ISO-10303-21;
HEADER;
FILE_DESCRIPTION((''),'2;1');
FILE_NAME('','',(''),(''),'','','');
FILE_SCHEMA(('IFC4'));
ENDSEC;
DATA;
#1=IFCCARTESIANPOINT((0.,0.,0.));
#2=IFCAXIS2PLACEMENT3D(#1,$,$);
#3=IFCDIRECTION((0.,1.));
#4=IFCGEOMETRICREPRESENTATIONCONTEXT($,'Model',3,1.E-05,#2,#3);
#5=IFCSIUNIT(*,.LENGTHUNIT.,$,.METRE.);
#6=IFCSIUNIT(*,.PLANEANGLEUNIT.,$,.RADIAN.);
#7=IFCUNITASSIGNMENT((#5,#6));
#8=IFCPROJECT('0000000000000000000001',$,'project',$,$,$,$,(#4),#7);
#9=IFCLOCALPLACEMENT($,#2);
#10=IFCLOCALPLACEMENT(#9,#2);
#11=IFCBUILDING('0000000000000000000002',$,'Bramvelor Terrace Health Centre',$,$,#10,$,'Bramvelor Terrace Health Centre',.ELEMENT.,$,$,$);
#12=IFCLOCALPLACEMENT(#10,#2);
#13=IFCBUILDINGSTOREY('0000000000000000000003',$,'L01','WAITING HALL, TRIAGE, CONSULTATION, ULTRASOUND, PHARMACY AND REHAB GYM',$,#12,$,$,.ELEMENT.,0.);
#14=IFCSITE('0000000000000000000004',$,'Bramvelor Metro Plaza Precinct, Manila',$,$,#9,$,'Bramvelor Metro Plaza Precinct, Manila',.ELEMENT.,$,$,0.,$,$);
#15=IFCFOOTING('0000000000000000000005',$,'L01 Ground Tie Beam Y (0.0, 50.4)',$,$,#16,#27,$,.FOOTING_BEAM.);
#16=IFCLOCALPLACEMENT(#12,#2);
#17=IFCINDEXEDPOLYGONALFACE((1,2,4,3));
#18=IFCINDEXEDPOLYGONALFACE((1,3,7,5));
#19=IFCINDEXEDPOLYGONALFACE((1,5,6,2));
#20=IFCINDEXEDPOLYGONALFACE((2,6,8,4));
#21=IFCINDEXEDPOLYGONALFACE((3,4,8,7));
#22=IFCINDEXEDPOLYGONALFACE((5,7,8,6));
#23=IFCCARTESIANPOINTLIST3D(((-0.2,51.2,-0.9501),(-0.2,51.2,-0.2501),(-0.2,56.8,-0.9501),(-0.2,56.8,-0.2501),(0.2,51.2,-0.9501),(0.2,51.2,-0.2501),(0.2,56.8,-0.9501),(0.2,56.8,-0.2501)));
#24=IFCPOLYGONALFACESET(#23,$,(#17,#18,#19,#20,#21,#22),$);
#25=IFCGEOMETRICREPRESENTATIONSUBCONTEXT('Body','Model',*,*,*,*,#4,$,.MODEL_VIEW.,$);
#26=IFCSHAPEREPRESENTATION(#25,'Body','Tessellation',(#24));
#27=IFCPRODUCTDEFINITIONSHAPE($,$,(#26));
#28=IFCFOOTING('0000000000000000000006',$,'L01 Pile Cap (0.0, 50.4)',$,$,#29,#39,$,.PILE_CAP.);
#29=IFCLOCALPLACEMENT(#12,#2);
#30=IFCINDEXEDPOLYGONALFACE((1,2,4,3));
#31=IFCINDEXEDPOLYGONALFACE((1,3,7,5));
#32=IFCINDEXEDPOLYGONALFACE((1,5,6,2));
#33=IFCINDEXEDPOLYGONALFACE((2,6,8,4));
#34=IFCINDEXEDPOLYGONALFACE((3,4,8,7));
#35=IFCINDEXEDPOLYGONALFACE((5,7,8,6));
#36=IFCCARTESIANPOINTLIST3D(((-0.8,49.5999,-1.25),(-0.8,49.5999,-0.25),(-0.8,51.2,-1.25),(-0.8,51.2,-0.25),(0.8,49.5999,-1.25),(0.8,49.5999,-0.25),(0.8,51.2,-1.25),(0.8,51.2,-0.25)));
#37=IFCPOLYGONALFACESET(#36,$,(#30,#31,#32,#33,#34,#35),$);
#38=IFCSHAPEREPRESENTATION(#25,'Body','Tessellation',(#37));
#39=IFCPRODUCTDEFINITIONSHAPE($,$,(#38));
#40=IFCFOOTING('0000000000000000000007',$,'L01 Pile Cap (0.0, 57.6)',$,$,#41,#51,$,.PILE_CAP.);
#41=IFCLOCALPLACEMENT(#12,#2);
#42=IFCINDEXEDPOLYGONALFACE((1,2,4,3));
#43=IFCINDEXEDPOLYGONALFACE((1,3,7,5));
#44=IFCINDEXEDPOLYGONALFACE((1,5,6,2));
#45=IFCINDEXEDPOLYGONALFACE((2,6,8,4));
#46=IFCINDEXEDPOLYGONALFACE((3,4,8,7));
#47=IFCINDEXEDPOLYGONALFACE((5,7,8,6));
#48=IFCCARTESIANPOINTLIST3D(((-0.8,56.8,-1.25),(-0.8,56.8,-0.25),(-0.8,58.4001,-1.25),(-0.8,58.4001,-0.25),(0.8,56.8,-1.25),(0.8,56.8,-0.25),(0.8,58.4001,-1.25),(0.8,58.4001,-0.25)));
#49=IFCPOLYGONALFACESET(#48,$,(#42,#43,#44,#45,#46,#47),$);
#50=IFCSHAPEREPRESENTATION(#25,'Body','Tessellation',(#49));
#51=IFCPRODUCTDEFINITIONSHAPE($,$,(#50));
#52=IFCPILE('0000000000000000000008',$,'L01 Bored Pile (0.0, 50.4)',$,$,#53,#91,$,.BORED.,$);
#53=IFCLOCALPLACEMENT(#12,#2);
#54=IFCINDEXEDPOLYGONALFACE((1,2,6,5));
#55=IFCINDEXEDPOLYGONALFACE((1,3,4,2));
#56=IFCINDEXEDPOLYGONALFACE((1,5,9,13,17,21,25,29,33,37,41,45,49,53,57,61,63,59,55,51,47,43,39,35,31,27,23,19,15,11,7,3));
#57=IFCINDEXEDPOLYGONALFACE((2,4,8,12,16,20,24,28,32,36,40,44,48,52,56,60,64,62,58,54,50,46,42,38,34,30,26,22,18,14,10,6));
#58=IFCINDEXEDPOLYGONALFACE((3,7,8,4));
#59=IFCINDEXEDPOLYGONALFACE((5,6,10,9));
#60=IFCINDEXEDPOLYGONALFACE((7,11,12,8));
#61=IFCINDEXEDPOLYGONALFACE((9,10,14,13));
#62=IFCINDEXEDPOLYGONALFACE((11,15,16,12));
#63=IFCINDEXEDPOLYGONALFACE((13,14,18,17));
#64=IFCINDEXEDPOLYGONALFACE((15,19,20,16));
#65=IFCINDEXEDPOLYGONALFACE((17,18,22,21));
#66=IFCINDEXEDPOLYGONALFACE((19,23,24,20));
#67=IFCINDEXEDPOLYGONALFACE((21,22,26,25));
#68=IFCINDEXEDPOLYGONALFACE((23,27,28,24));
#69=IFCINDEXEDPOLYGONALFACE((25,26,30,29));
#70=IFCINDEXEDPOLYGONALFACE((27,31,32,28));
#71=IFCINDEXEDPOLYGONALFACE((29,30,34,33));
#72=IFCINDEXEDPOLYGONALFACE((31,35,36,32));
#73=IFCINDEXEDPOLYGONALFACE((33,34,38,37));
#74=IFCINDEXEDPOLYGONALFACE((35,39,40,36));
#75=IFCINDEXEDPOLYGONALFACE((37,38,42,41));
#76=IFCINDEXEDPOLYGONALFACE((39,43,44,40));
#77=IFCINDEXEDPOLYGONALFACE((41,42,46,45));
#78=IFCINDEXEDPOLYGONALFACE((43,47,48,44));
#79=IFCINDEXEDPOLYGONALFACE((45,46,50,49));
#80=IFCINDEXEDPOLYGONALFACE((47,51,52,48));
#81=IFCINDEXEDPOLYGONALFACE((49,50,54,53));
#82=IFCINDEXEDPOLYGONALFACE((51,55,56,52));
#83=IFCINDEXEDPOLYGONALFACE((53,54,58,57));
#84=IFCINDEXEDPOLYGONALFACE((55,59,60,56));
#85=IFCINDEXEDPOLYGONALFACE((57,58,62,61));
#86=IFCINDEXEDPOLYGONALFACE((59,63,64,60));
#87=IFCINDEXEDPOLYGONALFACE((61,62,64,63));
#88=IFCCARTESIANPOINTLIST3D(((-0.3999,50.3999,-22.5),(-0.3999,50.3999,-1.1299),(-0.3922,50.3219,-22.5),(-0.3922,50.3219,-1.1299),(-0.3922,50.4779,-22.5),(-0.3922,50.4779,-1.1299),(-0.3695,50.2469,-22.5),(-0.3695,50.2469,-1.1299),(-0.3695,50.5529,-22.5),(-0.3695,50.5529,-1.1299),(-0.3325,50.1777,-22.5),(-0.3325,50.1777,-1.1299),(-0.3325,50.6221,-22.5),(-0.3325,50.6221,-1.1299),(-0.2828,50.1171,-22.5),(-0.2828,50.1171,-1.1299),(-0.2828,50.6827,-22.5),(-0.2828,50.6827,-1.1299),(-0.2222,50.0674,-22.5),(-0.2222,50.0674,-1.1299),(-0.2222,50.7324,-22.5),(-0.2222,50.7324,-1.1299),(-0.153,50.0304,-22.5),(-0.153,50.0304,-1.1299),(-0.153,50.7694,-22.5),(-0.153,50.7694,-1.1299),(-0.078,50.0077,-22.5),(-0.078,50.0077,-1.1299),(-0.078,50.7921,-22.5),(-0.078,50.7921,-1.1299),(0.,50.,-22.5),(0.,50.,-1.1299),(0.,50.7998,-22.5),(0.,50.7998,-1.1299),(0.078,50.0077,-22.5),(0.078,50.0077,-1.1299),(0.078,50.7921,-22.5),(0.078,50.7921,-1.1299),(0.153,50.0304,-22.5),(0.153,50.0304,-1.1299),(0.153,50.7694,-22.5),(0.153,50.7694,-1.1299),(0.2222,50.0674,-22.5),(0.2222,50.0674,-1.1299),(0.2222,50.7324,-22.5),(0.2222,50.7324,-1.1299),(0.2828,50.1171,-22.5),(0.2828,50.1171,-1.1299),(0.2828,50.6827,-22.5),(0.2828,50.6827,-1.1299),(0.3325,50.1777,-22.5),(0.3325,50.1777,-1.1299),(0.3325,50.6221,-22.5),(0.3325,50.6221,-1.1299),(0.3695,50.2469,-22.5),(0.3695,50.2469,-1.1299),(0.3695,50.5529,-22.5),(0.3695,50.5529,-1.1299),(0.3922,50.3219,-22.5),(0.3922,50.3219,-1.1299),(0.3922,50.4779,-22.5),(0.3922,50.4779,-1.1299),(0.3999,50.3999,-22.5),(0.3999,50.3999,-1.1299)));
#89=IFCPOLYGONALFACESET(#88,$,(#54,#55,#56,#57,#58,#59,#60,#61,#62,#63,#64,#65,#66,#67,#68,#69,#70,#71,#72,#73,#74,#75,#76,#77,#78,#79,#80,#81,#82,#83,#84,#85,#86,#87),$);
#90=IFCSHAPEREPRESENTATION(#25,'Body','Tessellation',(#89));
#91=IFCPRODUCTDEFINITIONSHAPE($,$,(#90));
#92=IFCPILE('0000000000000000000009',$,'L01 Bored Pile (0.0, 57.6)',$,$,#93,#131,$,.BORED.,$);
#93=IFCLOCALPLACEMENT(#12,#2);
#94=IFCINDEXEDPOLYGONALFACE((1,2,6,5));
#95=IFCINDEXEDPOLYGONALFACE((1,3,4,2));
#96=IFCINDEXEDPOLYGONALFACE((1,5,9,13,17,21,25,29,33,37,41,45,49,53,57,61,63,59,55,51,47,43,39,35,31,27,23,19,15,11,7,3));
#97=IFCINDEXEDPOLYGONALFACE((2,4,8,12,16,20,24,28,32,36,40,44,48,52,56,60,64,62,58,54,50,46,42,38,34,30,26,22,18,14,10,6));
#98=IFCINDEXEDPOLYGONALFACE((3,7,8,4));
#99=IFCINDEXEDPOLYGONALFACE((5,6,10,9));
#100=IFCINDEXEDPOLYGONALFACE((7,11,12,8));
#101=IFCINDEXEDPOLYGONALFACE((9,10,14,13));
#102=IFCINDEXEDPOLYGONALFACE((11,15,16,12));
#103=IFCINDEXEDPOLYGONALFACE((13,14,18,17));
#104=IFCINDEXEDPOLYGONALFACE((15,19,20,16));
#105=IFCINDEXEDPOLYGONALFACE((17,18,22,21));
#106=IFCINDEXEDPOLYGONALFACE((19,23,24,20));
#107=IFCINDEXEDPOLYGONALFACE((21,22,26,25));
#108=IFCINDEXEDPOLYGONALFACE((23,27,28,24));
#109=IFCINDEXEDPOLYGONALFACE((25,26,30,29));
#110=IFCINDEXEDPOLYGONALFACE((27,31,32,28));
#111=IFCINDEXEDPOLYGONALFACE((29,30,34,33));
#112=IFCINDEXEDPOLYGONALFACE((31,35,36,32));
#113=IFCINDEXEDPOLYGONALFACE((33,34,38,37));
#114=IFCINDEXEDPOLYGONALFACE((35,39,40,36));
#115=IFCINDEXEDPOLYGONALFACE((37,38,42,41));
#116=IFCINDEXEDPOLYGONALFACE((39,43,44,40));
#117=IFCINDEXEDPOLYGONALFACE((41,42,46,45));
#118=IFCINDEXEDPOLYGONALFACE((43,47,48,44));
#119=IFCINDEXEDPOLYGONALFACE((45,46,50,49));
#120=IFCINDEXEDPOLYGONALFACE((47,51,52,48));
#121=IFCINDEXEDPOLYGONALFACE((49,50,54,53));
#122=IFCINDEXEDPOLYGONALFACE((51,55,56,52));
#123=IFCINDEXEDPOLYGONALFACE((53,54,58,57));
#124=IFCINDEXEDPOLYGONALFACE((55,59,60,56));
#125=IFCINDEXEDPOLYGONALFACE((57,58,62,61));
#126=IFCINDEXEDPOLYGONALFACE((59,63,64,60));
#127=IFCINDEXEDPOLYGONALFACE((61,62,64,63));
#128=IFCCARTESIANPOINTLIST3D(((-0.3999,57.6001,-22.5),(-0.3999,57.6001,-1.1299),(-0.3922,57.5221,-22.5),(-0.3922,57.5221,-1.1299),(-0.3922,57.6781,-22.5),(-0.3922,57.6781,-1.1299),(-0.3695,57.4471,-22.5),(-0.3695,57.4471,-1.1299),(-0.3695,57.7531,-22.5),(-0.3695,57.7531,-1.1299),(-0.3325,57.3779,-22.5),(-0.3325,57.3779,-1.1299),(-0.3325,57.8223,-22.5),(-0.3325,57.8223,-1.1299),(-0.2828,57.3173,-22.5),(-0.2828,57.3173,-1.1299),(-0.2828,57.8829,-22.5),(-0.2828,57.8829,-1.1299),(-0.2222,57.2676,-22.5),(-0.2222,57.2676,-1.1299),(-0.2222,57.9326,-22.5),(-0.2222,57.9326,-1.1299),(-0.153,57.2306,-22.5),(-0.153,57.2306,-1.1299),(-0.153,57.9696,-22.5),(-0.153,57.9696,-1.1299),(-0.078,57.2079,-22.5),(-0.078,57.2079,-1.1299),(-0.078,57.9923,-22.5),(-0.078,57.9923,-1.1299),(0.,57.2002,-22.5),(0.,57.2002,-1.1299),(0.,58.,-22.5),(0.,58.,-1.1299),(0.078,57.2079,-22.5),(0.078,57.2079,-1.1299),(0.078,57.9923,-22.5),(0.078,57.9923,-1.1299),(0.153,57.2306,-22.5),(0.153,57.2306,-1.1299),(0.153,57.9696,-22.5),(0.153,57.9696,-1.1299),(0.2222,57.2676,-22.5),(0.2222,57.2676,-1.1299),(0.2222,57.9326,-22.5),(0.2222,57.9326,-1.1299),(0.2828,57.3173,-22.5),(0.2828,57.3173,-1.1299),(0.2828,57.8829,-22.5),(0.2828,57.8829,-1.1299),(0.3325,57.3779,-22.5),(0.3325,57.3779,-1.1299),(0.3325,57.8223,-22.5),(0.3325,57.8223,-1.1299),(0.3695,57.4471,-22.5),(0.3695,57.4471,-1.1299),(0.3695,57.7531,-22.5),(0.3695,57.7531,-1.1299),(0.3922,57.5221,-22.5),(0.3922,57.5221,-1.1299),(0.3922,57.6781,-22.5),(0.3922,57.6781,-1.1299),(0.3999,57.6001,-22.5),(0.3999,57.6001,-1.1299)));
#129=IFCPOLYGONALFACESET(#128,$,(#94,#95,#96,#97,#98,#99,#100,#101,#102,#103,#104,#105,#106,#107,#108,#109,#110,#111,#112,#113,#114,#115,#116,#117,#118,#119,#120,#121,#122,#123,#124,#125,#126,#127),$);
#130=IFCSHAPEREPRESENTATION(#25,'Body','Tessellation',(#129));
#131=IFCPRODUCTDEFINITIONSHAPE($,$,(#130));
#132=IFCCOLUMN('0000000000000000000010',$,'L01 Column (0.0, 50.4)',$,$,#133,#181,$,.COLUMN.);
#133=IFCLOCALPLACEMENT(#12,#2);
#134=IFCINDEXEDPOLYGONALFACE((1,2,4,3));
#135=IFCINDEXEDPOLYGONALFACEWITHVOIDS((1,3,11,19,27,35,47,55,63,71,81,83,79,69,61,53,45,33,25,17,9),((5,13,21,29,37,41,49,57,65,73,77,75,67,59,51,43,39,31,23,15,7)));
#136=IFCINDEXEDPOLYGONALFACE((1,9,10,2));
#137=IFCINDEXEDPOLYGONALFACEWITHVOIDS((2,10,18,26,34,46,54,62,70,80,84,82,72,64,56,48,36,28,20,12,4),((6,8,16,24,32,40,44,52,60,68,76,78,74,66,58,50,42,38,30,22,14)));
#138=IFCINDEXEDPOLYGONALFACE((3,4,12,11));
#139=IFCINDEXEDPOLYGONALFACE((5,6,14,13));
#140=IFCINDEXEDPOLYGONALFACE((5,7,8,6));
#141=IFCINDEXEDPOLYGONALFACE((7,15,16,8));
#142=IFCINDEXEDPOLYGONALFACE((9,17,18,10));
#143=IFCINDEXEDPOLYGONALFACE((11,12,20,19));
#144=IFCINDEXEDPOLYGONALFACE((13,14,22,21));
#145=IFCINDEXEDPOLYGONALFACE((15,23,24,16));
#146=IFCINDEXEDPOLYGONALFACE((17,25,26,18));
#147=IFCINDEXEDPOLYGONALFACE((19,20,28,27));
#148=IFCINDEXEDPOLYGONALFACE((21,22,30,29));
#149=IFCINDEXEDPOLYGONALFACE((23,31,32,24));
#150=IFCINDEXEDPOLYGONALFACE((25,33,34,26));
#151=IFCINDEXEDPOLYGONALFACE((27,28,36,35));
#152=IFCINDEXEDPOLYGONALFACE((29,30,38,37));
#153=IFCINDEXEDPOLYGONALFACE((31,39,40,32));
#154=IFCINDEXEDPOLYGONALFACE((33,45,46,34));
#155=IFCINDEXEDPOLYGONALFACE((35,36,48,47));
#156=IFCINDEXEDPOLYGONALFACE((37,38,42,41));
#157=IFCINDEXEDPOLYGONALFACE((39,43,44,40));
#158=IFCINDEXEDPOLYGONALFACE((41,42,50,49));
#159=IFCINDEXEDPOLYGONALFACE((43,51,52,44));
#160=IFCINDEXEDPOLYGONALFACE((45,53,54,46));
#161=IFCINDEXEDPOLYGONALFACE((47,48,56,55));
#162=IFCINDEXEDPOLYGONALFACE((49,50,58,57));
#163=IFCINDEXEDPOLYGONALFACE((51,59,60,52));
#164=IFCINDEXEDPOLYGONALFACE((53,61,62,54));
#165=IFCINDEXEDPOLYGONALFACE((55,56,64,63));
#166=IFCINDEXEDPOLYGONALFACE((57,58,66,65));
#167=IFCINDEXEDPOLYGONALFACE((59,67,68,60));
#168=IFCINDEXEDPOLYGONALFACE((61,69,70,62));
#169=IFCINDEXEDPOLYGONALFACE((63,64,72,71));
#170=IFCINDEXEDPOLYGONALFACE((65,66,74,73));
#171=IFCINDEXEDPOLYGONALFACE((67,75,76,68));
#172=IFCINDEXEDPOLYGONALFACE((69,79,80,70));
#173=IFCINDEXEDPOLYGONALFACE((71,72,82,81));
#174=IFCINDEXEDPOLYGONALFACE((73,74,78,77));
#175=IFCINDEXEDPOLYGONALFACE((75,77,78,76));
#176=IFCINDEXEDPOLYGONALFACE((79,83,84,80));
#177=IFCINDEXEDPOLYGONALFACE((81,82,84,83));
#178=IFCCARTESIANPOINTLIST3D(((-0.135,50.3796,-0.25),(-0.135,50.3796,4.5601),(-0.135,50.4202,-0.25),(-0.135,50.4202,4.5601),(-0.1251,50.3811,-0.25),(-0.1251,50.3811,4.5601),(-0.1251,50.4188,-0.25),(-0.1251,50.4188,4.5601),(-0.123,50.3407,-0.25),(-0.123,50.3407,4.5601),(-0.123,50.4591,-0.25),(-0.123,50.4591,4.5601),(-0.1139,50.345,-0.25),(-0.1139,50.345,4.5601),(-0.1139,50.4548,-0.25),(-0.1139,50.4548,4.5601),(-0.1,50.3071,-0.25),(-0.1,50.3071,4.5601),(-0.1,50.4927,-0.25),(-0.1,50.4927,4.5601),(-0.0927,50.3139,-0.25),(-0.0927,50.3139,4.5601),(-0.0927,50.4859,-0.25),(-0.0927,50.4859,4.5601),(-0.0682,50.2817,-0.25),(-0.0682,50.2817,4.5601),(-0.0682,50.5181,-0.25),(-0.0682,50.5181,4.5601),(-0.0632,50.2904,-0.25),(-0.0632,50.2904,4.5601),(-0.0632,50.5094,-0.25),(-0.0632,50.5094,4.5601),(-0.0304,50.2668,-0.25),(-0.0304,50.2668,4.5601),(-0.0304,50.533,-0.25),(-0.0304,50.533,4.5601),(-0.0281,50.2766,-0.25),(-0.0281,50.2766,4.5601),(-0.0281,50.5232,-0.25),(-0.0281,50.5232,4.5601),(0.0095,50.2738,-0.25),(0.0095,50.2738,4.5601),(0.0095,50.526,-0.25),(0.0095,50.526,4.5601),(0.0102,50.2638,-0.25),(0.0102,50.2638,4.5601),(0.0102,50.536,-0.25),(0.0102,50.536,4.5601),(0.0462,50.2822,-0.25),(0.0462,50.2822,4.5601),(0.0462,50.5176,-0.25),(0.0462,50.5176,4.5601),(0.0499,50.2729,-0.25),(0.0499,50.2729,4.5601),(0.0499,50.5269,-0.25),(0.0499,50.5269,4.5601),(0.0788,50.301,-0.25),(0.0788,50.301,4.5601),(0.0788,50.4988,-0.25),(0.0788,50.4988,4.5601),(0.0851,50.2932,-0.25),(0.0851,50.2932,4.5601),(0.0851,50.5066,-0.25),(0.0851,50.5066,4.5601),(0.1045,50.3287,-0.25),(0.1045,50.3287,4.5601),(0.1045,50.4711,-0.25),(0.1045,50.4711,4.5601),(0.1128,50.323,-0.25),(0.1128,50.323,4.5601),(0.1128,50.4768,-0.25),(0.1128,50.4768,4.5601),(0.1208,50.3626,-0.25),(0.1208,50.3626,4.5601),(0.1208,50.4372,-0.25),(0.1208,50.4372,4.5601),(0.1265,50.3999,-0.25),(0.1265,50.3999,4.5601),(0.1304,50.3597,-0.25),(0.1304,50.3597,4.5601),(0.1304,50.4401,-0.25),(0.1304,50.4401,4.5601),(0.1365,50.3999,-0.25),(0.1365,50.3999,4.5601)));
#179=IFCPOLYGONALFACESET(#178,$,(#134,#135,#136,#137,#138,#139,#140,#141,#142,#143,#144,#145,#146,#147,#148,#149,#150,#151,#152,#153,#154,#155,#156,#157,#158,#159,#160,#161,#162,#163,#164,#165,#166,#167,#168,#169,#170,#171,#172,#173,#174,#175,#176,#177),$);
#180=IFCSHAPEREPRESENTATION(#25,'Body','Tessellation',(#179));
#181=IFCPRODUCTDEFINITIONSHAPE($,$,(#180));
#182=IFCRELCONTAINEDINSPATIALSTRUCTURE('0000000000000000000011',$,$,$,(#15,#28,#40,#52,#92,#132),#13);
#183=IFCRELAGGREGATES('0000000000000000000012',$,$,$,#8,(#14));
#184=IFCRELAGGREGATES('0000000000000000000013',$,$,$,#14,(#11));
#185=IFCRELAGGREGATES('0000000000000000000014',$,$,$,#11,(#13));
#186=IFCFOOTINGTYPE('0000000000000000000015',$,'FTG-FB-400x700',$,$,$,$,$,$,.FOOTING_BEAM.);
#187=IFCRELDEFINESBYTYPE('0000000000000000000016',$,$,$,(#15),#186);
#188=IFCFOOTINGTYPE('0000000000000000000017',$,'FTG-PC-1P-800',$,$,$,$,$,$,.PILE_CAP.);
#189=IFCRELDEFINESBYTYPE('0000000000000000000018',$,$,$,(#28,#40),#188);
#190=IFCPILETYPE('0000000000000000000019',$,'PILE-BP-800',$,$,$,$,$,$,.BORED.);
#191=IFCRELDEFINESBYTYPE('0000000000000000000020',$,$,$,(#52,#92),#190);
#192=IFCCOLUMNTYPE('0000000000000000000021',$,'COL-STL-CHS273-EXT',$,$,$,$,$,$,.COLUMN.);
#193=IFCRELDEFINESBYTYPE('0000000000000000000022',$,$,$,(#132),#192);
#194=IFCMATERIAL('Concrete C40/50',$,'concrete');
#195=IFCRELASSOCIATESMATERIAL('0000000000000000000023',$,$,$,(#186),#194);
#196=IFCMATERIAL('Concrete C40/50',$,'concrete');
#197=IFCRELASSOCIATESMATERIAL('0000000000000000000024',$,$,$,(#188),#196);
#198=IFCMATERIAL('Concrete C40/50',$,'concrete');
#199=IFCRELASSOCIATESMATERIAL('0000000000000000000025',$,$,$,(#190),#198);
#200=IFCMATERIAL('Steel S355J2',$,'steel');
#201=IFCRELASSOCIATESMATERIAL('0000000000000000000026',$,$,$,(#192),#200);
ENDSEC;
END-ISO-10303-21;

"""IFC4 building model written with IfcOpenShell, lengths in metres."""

from ifc_helpers import new_model, si_unit, direction, frame, origin, origin_2d, place, context, subcontext, project, spatial, rectangle, circle, hollow_circle, extrude, material, material_profile, profile_set, type_object, element, save


model = new_model("IFC4")

# Units and contexts
model_context = context("Model", 3, precision=1e-05, world=origin(), true_north=direction((0.0, 1.0)))
body_context = subcontext(model_context, "Body", "Model", "MODEL_VIEW")
ifc_project = project(units=[si_unit("LENGTHUNIT", "METRE"), si_unit("PLANEANGLEUNIT", "RADIAN")], contexts=[model_context])

# Site, building, storey
site_placement = place(None, origin())
site = spatial("IfcSite", under=ifc_project, at=site_placement, Name="Bramvelor Metro Plaza Precinct, Manila", LongName="Bramvelor Metro Plaza Precinct, Manila", CompositionType="ELEMENT", RefElevation=0.0)
building_placement = place(site_placement, origin())
building = spatial("IfcBuilding", under=site, at=building_placement, Name="Bramvelor Terrace Health Centre", LongName="Bramvelor Terrace Health Centre", CompositionType="ELEMENT")
storey_placement = place(building_placement, origin())
storey = spatial("IfcBuildingStorey", under=building, at=storey_placement, Name="L01", Description="WAITING HALL, TRIAGE, CONSULTATION, ULTRASOUND, PHARMACY AND REHAB GYM", CompositionType="ELEMENT", Elevation=0.0)

# Footings
ifc_material_1 = material(Name="Concrete C40/50", Category="concrete")
ifc_material_profile_1 = material_profile(ifc_material_1, rectangle(XDim=0.3999, YDim=0.7, at=origin_2d()), Name="RC 400x700")
ifc_profile_set_1 = profile_set([ifc_material_profile_1], Name="Concrete C40/50")
footing_type_1 = type_object("IfcFootingType", Name="FTG-FB-400x700", PredefinedType="FOOTING_BEAM", material=ifc_profile_set_1)
footing_placement = place(storey_placement, frame((0.0, 51.2, -0.6001), z_axis=(0.0, 1.0, 0.0), x_axis=(-1.0, 0.0, 0.0)))
element("IfcFooting", 1, at=footing_placement, inside=storey, type_object=footing_type_1, Name="L01 Ground Tie Beam Y (0.0, 50.4)", PredefinedType="FOOTING_BEAM", context=body_context, shape_type="SweptSolid", body=[
    extrude(rectangle(XDim=0.3999, YDim=0.7, at=origin_2d()), origin(), (0.0, 0.0, 1.0), 5.6001),
])
ifc_material_2 = material(Name="Concrete C40/50", Category="concrete")
footing_type_2 = type_object("IfcFootingType", Name="FTG-PC-1P-800", PredefinedType="PILE_CAP", material=ifc_material_2)
for number, where, z_axis, x_axis, name in (
    (2, (0.0, 50.3999, -1.25), (0.0, 0.0, 1.0), (1.0, 0.0, 0.0), "L01 Pile Cap (0.0, 50.4)"),
    (3, (0.0, 57.6001, -1.25), (0.0, 0.0, 1.0), (1.0, 0.0, 0.0), "L01 Pile Cap (0.0, 57.6)"),
):
    element("IfcFooting", number, at=place(storey_placement, frame(where, z_axis=z_axis, x_axis=x_axis)), inside=storey, type_object=footing_type_2, Name=name, PredefinedType="PILE_CAP", context=body_context, shape_type="SweptSolid", body=[
        extrude(rectangle(XDim=1.6001, YDim=1.6001, at=origin_2d()), origin(), (0.0, 0.0, 1.0), 1.0),
    ])

# Piles
ifc_material_3 = material(Name="Concrete C40/50", Category="concrete")
ifc_material_profile_2 = material_profile(ifc_material_3, circle(Radius=0.3999, at=origin_2d()), Name="BP D800")
ifc_profile_set_2 = profile_set([ifc_material_profile_2], Name="Concrete C40/50")
pile_type = type_object("IfcPileType", Name="PILE-BP-800", PredefinedType="BORED", material=ifc_profile_set_2)
for number, where, z_axis, x_axis, name in (
    (4, (0.0, 50.3999, -1.1299), (0.0, 0.0, -1.0), (1.0, 0.0, 0.0), "L01 Bored Pile (0.0, 50.4)"),
    (5, (0.0, 57.6001, -1.1299), (0.0, 0.0, -1.0), (1.0, 0.0, 0.0), "L01 Bored Pile (0.0, 57.6)"),
):
    element("IfcPile", number, at=place(storey_placement, frame(where, z_axis=z_axis, x_axis=x_axis)), inside=storey, type_object=pile_type, Name=name, PredefinedType="BORED", context=body_context, shape_type="SweptSolid", body=[
        extrude(circle(Radius=0.3999, at=origin_2d()), origin(), (0.0, 0.0, 1.0), 21.3701),
    ])

# Column
ifc_material_4 = material(Name="Steel S355J2", Category="steel")
ifc_material_profile_3 = material_profile(ifc_material_4, hollow_circle(Radius=0.1365, WallThickness=0.01, at=origin_2d()), Name="CHS 273.0x10.0")
ifc_profile_set_3 = profile_set([ifc_material_profile_3], Name="Steel S355J2")
column_type = type_object("IfcColumnType", Name="COL-STL-CHS273-EXT", PredefinedType="COLUMN", material=ifc_profile_set_3)
for number, where, z_axis, x_axis, name in (
    (6, (0.0, 50.3999, -0.25), (0.0, 0.0, 1.0), (1.0, 0.0, 0.0), "L01 Column (0.0, 50.4)"),
):
    element("IfcColumn", number, at=place(storey_placement, frame(where, z_axis=z_axis, x_axis=x_axis)), inside=storey, type_object=column_type, Name=name, PredefinedType="COLUMN", context=body_context, shape_type="SweptSolid", body=[
        extrude(hollow_circle(Radius=0.1365, WallThickness=0.01, at=origin_2d()), origin(), (0.0, 0.0, 1.0), 4.8101),
    ])

save(model, "model.ifc")
